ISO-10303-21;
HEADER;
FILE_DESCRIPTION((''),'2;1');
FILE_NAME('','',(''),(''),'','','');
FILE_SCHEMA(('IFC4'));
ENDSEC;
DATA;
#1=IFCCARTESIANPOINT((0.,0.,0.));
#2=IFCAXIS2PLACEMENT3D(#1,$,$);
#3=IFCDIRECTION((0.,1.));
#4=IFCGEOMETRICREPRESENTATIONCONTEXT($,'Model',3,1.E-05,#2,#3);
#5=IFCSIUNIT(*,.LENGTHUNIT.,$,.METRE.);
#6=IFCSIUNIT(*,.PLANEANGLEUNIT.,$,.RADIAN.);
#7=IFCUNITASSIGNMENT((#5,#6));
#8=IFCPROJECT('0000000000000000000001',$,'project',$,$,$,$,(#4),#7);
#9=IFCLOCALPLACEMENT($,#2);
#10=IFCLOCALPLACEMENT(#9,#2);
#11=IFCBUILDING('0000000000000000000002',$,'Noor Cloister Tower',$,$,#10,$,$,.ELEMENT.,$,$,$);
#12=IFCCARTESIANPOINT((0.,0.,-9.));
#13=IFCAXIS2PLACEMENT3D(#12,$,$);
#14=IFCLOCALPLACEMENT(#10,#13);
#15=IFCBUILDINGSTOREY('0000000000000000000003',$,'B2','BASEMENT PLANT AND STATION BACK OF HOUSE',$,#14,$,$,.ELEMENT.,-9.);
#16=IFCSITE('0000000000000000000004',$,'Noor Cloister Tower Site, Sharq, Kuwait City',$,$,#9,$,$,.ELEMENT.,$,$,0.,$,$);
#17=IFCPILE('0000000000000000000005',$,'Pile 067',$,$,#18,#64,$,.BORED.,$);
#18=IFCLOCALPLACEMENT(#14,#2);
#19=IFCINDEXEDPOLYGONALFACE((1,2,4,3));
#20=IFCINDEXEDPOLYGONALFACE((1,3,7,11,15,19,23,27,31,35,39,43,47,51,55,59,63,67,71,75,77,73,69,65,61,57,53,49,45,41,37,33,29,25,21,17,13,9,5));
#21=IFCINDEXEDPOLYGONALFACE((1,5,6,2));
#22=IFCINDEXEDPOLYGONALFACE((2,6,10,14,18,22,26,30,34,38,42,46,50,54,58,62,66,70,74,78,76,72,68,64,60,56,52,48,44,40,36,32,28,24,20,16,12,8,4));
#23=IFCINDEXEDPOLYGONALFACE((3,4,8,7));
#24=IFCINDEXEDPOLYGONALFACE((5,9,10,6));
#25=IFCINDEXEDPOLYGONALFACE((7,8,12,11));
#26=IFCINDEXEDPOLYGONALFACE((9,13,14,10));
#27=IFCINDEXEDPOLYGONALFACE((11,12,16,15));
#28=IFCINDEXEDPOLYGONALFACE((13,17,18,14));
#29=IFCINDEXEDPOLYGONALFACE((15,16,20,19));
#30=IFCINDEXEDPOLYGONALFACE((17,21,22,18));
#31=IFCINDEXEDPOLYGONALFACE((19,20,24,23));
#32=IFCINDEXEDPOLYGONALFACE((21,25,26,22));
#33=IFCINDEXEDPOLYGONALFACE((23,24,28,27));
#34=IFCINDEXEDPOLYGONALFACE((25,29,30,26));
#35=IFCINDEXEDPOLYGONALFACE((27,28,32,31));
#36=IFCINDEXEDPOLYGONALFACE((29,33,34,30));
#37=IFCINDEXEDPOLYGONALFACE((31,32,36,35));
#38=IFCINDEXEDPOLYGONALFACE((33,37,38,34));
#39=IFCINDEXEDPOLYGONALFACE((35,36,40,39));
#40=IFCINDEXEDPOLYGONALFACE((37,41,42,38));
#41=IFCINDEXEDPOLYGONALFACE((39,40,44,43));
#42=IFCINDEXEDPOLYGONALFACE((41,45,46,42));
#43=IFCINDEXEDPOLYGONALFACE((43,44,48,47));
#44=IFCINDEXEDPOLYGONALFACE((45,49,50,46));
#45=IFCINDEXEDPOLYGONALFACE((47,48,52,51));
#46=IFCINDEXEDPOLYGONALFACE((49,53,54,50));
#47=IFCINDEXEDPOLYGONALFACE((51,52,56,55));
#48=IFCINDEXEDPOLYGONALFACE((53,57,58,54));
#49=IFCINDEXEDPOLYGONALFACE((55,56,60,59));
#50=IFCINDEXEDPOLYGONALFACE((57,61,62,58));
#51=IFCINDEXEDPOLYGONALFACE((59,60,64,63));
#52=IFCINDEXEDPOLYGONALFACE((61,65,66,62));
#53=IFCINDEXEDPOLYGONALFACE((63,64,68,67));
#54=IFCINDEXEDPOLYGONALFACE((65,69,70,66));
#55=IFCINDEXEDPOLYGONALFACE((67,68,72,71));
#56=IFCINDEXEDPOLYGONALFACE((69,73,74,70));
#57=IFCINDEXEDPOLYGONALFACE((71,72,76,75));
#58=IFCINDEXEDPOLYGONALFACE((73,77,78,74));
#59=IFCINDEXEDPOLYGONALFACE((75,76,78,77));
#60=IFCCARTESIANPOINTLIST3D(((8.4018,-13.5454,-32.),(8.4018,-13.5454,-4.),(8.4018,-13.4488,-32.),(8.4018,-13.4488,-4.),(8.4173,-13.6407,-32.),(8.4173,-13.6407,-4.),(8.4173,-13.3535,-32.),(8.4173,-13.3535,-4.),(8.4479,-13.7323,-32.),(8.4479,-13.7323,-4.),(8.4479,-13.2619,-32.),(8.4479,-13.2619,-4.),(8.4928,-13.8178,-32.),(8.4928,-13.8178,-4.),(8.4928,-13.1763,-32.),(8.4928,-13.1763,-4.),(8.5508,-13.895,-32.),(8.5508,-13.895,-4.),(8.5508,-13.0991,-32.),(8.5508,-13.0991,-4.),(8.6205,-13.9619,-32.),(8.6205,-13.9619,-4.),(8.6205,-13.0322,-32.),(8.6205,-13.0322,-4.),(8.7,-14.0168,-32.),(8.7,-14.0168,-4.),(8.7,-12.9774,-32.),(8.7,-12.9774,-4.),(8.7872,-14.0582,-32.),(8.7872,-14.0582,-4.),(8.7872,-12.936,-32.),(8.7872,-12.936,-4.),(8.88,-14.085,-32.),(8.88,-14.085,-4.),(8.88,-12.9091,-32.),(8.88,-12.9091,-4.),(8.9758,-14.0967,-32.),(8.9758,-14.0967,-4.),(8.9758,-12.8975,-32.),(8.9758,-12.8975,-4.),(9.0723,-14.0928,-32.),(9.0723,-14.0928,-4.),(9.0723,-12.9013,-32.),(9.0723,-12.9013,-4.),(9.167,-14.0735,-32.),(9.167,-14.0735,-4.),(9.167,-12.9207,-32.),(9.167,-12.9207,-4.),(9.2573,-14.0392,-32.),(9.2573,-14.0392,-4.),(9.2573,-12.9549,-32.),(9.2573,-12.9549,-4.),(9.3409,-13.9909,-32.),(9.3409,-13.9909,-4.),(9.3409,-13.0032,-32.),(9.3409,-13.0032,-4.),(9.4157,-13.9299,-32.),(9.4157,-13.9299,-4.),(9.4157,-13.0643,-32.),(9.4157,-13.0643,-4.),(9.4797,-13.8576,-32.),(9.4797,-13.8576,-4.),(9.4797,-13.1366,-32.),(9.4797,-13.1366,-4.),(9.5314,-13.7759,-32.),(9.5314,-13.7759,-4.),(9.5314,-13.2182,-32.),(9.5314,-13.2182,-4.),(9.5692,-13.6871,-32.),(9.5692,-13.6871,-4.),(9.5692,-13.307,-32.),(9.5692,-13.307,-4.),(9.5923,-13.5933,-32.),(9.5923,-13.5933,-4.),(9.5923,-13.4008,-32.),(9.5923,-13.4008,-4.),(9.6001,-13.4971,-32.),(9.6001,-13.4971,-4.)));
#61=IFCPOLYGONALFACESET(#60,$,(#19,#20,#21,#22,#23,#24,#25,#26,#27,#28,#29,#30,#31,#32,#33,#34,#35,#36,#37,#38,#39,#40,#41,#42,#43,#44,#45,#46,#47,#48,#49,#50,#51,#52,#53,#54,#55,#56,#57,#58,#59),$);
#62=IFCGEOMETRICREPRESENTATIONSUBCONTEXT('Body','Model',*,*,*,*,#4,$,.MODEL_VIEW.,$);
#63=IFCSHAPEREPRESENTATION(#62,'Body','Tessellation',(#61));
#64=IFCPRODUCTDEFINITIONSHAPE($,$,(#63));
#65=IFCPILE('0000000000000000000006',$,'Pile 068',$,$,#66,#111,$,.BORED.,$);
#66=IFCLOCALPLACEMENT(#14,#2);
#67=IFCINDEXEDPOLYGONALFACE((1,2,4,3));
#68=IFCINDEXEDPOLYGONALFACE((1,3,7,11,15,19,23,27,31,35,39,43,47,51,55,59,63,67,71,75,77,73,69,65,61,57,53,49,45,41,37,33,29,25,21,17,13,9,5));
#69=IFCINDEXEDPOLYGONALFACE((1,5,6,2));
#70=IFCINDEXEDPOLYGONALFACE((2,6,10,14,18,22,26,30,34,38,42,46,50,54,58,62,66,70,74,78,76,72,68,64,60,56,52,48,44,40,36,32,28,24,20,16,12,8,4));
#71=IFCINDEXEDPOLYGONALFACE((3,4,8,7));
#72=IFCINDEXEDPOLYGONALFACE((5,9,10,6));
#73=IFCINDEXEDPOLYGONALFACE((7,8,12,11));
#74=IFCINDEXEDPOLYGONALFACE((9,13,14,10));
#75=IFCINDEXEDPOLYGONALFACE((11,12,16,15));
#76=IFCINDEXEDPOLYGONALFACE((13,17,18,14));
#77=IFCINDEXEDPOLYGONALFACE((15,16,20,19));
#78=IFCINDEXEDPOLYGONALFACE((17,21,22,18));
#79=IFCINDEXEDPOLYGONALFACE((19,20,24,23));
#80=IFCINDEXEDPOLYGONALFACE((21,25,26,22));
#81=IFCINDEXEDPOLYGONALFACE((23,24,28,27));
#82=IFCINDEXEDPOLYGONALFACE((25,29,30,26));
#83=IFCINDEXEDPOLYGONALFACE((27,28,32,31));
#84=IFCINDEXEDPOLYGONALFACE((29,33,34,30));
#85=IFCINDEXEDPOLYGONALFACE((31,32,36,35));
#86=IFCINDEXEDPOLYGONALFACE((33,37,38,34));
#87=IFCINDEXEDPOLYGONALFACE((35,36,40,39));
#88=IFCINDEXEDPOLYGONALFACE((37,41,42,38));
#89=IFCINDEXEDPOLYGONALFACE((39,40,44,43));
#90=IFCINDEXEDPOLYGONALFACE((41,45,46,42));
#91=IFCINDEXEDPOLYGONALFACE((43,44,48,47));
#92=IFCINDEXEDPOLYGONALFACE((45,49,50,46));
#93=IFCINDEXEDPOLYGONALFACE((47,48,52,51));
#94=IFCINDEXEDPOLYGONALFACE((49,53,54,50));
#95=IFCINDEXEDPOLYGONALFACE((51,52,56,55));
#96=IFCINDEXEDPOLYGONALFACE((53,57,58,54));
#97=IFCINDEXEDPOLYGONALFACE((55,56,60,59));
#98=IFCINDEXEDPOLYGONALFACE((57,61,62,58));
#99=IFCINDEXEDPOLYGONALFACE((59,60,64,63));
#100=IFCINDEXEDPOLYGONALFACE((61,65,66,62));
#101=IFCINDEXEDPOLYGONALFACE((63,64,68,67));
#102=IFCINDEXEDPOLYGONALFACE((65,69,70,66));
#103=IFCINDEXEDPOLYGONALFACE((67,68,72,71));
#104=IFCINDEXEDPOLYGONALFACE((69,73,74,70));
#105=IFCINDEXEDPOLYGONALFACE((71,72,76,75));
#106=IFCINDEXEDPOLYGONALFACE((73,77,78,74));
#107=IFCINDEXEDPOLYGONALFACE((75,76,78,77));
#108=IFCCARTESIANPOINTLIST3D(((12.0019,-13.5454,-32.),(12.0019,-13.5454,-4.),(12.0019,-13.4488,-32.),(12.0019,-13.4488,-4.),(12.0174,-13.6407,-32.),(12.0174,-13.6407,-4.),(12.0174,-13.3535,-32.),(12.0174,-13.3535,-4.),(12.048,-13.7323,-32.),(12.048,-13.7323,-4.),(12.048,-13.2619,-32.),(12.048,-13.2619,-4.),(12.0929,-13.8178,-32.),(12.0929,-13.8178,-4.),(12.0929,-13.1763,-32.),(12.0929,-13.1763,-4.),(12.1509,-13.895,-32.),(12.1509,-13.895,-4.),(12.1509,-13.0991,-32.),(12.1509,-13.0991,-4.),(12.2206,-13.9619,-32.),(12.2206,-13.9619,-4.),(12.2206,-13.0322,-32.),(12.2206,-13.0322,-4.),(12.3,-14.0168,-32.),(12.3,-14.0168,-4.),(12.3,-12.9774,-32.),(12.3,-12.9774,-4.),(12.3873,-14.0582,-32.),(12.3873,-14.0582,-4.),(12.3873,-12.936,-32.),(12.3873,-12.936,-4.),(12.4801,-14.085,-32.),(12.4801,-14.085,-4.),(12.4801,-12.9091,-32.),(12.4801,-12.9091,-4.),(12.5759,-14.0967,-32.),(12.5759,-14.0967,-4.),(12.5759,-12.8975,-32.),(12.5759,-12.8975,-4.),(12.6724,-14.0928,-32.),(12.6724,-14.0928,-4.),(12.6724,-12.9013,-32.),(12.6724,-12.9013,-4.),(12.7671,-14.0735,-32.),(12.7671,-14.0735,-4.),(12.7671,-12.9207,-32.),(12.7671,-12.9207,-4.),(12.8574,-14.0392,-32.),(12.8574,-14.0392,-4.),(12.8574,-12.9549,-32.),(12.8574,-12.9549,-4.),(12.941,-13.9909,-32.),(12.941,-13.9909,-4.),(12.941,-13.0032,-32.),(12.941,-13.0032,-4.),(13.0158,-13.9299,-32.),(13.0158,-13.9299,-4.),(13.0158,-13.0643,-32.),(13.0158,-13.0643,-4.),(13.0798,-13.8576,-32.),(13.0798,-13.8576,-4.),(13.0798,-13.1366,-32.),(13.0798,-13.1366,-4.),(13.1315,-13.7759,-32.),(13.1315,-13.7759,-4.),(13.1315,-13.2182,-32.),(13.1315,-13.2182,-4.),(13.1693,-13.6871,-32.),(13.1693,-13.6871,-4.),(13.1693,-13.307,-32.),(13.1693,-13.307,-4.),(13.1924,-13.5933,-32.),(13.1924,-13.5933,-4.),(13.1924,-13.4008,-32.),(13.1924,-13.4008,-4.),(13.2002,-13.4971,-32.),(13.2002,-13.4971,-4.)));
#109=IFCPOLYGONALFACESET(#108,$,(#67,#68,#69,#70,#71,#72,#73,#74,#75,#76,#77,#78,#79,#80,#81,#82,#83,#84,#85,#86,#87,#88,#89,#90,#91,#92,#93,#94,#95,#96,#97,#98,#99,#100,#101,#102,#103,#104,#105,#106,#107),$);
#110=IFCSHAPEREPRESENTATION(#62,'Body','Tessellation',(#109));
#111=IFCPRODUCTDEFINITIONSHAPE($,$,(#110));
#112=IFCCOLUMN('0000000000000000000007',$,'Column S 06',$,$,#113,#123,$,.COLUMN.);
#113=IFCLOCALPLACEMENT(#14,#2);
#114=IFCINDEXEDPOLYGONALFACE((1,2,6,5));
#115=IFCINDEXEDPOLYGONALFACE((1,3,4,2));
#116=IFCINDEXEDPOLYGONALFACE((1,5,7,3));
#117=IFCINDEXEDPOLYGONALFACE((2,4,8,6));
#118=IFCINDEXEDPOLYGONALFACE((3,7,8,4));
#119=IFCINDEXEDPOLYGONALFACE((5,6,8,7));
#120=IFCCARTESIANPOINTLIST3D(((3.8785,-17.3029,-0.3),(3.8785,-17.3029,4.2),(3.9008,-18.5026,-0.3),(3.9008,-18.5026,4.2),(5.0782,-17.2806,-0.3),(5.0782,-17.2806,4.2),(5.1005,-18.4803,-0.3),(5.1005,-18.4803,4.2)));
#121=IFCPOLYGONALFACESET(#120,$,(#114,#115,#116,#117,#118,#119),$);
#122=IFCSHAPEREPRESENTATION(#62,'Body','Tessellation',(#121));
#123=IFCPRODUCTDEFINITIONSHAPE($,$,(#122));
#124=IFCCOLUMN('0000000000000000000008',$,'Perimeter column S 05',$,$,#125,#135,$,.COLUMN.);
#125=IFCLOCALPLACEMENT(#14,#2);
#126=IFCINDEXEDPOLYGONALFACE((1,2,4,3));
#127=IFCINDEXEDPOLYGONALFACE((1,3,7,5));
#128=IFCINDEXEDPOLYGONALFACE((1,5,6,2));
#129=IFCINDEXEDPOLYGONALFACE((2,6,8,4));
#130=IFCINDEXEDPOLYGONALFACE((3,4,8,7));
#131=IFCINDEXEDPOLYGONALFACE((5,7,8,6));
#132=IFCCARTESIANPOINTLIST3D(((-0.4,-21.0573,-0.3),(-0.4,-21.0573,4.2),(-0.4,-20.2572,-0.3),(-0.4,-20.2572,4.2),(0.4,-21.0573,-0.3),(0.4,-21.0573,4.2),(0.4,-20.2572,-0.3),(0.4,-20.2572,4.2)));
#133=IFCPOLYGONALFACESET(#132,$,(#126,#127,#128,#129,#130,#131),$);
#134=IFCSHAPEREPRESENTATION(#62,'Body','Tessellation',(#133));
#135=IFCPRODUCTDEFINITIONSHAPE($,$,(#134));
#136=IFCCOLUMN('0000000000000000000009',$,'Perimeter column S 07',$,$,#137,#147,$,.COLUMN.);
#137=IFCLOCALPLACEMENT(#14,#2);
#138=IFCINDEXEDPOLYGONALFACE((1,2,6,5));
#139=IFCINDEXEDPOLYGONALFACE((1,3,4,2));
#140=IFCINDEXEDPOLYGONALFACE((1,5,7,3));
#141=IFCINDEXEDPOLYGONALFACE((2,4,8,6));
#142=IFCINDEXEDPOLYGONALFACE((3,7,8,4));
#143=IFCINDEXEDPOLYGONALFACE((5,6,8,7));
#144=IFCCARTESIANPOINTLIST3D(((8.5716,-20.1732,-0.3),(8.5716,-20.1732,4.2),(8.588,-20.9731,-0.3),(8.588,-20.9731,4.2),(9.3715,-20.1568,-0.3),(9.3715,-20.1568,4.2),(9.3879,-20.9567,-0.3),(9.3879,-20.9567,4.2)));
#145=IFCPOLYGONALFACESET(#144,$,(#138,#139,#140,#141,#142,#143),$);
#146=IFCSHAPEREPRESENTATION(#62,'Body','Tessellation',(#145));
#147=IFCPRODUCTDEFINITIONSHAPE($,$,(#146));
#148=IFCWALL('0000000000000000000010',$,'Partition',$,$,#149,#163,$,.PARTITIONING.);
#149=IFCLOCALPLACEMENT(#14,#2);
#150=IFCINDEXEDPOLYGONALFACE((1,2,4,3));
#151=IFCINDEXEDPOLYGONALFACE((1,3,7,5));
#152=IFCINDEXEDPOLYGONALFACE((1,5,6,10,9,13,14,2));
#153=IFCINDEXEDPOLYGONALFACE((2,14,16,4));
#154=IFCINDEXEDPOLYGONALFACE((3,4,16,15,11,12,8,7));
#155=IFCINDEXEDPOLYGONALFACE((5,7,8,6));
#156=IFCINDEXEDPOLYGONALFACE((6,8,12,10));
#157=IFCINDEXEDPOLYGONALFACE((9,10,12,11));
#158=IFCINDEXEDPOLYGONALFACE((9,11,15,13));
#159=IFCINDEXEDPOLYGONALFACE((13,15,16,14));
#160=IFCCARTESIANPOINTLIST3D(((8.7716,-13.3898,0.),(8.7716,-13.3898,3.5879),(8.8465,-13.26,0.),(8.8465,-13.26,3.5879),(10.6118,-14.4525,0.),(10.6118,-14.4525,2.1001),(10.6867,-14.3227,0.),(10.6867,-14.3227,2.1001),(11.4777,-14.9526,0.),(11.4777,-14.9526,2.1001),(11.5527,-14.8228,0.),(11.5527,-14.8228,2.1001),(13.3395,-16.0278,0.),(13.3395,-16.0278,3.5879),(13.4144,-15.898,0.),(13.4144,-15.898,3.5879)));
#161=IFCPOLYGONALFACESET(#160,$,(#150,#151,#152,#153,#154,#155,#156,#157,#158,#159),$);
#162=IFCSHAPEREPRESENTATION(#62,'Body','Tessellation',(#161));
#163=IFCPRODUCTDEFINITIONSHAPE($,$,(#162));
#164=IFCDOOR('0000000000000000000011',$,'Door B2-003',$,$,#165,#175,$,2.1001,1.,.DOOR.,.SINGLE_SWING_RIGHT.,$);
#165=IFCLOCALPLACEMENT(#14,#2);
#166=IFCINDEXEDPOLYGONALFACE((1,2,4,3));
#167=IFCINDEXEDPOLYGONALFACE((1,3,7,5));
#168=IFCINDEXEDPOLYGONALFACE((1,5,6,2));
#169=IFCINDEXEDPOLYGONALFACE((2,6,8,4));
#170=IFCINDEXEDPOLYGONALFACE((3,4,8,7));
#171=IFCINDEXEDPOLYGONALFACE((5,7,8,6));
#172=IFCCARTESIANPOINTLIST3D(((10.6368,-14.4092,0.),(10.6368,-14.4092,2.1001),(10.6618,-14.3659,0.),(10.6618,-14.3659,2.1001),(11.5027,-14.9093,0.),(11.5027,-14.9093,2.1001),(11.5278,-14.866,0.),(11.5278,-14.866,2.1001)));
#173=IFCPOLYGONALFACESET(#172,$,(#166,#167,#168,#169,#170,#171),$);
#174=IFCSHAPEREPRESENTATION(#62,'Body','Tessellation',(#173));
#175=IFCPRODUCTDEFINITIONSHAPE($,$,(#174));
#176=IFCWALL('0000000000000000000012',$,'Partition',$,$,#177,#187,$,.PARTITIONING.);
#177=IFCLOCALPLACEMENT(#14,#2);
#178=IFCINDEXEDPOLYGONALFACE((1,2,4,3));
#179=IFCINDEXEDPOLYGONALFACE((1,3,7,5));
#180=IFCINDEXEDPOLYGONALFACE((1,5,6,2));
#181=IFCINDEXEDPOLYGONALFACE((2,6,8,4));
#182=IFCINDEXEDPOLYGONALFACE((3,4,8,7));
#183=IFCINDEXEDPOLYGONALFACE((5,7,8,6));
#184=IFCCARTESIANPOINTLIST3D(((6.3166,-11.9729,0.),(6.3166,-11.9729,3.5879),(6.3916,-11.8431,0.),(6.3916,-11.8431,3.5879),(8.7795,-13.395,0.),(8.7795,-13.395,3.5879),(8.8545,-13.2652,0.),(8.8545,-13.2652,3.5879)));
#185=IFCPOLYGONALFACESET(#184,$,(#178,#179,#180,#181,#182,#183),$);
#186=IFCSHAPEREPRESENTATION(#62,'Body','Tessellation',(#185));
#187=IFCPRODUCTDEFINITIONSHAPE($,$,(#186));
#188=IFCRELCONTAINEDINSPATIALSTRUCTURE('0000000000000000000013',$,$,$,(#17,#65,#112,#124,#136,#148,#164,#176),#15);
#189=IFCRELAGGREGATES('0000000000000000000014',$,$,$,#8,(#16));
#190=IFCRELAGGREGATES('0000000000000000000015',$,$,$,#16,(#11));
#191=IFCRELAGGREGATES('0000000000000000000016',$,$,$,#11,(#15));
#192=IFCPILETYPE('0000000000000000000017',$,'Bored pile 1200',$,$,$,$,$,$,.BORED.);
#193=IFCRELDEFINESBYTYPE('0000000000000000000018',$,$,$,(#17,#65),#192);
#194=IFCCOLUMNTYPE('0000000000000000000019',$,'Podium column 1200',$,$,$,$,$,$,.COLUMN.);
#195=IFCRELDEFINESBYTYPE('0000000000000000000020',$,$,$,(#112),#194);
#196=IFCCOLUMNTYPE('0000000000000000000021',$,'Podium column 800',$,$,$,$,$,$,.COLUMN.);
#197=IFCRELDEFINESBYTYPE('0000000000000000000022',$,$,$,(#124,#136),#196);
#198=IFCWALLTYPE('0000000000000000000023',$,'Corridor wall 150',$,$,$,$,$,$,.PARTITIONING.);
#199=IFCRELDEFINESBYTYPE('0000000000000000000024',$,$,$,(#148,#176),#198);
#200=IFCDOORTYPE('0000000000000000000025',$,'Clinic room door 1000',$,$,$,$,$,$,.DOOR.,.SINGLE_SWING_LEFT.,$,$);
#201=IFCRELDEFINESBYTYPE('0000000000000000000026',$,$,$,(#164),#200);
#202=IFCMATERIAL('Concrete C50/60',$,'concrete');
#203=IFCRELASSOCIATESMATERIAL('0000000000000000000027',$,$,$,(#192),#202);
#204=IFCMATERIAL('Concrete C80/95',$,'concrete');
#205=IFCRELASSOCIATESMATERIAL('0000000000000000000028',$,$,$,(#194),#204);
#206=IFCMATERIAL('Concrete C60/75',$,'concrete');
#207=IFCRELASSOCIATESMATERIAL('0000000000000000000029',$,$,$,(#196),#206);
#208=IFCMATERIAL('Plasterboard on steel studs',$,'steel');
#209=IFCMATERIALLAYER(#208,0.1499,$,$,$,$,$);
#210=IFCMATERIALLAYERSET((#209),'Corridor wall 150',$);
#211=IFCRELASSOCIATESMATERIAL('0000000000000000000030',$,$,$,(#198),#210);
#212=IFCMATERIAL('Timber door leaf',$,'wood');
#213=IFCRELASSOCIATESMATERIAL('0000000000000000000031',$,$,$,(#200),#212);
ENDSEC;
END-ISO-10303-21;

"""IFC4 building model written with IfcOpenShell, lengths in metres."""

from ifc_helpers import new_model, si_unit, direction, frame, frame_2d, origin, origin_2d, place, context, subcontext, project, spatial, rectangle, circle, extrude, material, layer, layer_set, material_profile, profile_set, type_object, element, fill, save


model = new_model("IFC4")

# Units and contexts
model_context = context("Model", 3, precision=1e-05, world=origin(), true_north=direction((0.0, 1.0)))
body_context = subcontext(model_context, "Body", "Model", "MODEL_VIEW")
ifc_project = project(units=[si_unit("LENGTHUNIT", "METRE"), si_unit("PLANEANGLEUNIT", "RADIAN")], contexts=[model_context])

# Site, building, storey
site_placement = place(None, origin())
site = spatial("IfcSite", under=ifc_project, at=site_placement, Name="Noor Cloister Tower Site, Sharq, Kuwait City", CompositionType="ELEMENT", RefElevation=0.0)
building_placement = place(site_placement, origin())
building = spatial("IfcBuilding", under=site, at=building_placement, Name="Noor Cloister Tower", CompositionType="ELEMENT")
storey_placement = place(building_placement, frame((0.0, 0.0, -9.0)))
storey = spatial("IfcBuildingStorey", under=building, at=storey_placement, Name="B2", Description="BASEMENT PLANT AND STATION BACK OF HOUSE", CompositionType="ELEMENT", Elevation=-9.0)

# Piles
ifc_material_1 = material(Name="Concrete C50/60", Category="concrete")
ifc_material_profile_1 = material_profile(ifc_material_1, circle(Radius=0.6001, at=origin_2d()), Name="Bored pile 1200")
ifc_profile_set_1 = profile_set([ifc_material_profile_1], Name="Concrete C50/60")
pile_type = type_object("IfcPileType", Name="Bored pile 1200", PredefinedType="BORED", material=ifc_profile_set_1)
for number, where, z_axis, x_axis, name in (
    (1, (9.0, -13.4971, -4.0), (0.0, 0.0, -1.0), (1.0, 0.0, 0.0), "Pile 067"),
    (2, (12.6001, -13.4971, -4.0), (0.0, 0.0, -1.0), (1.0, 0.0, 0.0), "Pile 068"),
):
    element("IfcPile", number, at=place(storey_placement, frame(where, z_axis=z_axis, x_axis=x_axis)), inside=storey, type_object=pile_type, Name=name, PredefinedType="BORED", context=body_context, shape_type="SweptSolid", body=[
        extrude(circle(Radius=0.6001, at=origin_2d()), origin(), (0.0, 0.0, 1.0), 28.0),
    ])

# Columns
ifc_material_2 = material(Name="Concrete C80/95", Category="concrete")
ifc_material_profile_2 = material_profile(ifc_material_2, rectangle(XDim=1.2, YDim=1.2, at=origin_2d()), Name="Podium column 1200")
ifc_profile_set_2 = profile_set([ifc_material_profile_2], Name="Concrete C80/95")
column_type_1 = type_object("IfcColumnType", Name="Podium column 1200", PredefinedType="COLUMN", material=ifc_profile_set_2)
column_placement = place(storey_placement, frame((4.4895, -17.8916, -0.3), z_axis=(0.0, 0.0, 1.0), x_axis=(0.018553, -0.999828, 0.0)))
element("IfcColumn", 3, at=column_placement, inside=storey, type_object=column_type_1, Name="Column S 06", PredefinedType="COLUMN", context=body_context, shape_type="SweptSolid", body=[
    extrude(rectangle(XDim=1.2, YDim=1.2, at=origin_2d()), origin(), (0.0, 0.0, 1.0), 4.5),
])
ifc_material_3 = material(Name="Concrete C60/75", Category="concrete")
ifc_material_profile_3 = material_profile(ifc_material_3, rectangle(XDim=0.8, YDim=0.8, at=origin_2d()), Name="Podium column 800")
ifc_profile_set_3 = profile_set([ifc_material_profile_3], Name="Concrete C60/75")
column_type_2 = type_object("IfcColumnType", Name="Podium column 800", PredefinedType="COLUMN", material=ifc_profile_set_3)
for number, where, z_axis, x_axis, name in (
    (4, (0.0, -20.6572, -0.3), (0.0, 0.0, 1.0), (0.0, -1.0, 0.0), "Perimeter column S 05"),
    (5, (8.9797, -20.5649, -0.3), (0.0, 0.0, 1.0), (0.020537, -0.999789, 0.0), "Perimeter column S 07"),
):
    element("IfcColumn", number, at=place(storey_placement, frame(where, z_axis=z_axis, x_axis=x_axis)), inside=storey, type_object=column_type_2, Name=name, PredefinedType="COLUMN", context=body_context, shape_type="SweptSolid", body=[
        extrude(rectangle(XDim=0.8, YDim=0.8, at=origin_2d()), origin(), (0.0, 0.0, 1.0), 4.5),
    ])

# Wall, opening, door
ifc_material_4 = material(Name="Plasterboard on steel studs", Category="steel")
ifc_layer_1 = layer(ifc_material_4, 0.1499)
ifc_layer_set_1 = layer_set([ifc_layer_1], Name="Corridor wall 150")
wall_type_1 = type_object("IfcWallType", Name="Corridor wall 150", PredefinedType="PARTITIONING", material=ifc_layer_set_1)
wall_1_placement = place(storey_placement, frame((13.377, -15.9629, 0.0), z_axis=(0.0, 0.0, 1.0), x_axis=(-0.86597, 0.500096, 0.0)))
wall_1 = element("IfcWall", 6, at=wall_1_placement, inside=storey, type_object=wall_type_1, Name="Partition", PredefinedType="PARTITIONING", context=body_context, shape_type="SweptSolid", body=[
    extrude(rectangle(XDim=5.2749, YDim=0.1499, at=frame_2d((2.6375, 0.0))), origin(), (0.0, 0.0, 1.0), 3.5879),
])
opening_1_placement = place(wall_1_placement, frame((2.1499, 0.0, 0.0)))
opening_1 = element("IfcOpeningElement", 7, at=opening_1_placement, cuts=wall_1, PredefinedType="OPENING", context=body_context, shape_type="SweptSolid", body=[
    extrude(rectangle(XDim=1.0, YDim=2.1001, at=frame_2d((0.5, 1.05))), frame((0.0, 0.085, 0.0), z_axis=(0.0, -1.0, 0.0), x_axis=(1.0, 0.0, 0.0)), (0.0, 0.0, 1.0), 0.1699),
])
ifc_material_5 = material(Name="Timber door leaf", Category="wood")
door_type = type_object("IfcDoorType", Name="Clinic room door 1000", OperationType="SINGLE_SWING_LEFT", PredefinedType="DOOR", material=ifc_material_5)
door_1_placement = place(opening_1_placement, origin())
door_1 = element("IfcDoor", 8, at=door_1_placement, inside=storey, type_object=door_type, Name="Door B2-003", OperationType="SINGLE_SWING_RIGHT", OverallHeight=2.1001, OverallWidth=1.0, PredefinedType="DOOR", context=body_context, shape_type="SweptSolid", body=[
    extrude(rectangle(XDim=1.0, YDim=2.1001, at=frame_2d((0.5, 1.05))), frame((0.0, 0.0249, 0.0), z_axis=(0.0, -1.0, 0.0), x_axis=(1.0, 0.0, 0.0)), (0.0, 0.0, 1.0), 0.05),
])
fill(opening_1, door_1)

# Wall
wall_2_placement = place(storey_placement, frame((8.8169, -13.3301, 0.0), z_axis=(0.0, 0.0, 1.0), x_axis=(-0.866, 0.500044, 0.0)))
element("IfcWall", 9, at=wall_2_placement, inside=storey, type_object=wall_type_1, Name="Partition", PredefinedType="PARTITIONING", context=body_context, shape_type="SweptSolid", body=[
    extrude(rectangle(XDim=2.844, YDim=0.1499, at=frame_2d((1.4219, 0.0))), origin(), (0.0, 0.0, 1.0), 3.5879),
])

save(model, "model.ifc")
